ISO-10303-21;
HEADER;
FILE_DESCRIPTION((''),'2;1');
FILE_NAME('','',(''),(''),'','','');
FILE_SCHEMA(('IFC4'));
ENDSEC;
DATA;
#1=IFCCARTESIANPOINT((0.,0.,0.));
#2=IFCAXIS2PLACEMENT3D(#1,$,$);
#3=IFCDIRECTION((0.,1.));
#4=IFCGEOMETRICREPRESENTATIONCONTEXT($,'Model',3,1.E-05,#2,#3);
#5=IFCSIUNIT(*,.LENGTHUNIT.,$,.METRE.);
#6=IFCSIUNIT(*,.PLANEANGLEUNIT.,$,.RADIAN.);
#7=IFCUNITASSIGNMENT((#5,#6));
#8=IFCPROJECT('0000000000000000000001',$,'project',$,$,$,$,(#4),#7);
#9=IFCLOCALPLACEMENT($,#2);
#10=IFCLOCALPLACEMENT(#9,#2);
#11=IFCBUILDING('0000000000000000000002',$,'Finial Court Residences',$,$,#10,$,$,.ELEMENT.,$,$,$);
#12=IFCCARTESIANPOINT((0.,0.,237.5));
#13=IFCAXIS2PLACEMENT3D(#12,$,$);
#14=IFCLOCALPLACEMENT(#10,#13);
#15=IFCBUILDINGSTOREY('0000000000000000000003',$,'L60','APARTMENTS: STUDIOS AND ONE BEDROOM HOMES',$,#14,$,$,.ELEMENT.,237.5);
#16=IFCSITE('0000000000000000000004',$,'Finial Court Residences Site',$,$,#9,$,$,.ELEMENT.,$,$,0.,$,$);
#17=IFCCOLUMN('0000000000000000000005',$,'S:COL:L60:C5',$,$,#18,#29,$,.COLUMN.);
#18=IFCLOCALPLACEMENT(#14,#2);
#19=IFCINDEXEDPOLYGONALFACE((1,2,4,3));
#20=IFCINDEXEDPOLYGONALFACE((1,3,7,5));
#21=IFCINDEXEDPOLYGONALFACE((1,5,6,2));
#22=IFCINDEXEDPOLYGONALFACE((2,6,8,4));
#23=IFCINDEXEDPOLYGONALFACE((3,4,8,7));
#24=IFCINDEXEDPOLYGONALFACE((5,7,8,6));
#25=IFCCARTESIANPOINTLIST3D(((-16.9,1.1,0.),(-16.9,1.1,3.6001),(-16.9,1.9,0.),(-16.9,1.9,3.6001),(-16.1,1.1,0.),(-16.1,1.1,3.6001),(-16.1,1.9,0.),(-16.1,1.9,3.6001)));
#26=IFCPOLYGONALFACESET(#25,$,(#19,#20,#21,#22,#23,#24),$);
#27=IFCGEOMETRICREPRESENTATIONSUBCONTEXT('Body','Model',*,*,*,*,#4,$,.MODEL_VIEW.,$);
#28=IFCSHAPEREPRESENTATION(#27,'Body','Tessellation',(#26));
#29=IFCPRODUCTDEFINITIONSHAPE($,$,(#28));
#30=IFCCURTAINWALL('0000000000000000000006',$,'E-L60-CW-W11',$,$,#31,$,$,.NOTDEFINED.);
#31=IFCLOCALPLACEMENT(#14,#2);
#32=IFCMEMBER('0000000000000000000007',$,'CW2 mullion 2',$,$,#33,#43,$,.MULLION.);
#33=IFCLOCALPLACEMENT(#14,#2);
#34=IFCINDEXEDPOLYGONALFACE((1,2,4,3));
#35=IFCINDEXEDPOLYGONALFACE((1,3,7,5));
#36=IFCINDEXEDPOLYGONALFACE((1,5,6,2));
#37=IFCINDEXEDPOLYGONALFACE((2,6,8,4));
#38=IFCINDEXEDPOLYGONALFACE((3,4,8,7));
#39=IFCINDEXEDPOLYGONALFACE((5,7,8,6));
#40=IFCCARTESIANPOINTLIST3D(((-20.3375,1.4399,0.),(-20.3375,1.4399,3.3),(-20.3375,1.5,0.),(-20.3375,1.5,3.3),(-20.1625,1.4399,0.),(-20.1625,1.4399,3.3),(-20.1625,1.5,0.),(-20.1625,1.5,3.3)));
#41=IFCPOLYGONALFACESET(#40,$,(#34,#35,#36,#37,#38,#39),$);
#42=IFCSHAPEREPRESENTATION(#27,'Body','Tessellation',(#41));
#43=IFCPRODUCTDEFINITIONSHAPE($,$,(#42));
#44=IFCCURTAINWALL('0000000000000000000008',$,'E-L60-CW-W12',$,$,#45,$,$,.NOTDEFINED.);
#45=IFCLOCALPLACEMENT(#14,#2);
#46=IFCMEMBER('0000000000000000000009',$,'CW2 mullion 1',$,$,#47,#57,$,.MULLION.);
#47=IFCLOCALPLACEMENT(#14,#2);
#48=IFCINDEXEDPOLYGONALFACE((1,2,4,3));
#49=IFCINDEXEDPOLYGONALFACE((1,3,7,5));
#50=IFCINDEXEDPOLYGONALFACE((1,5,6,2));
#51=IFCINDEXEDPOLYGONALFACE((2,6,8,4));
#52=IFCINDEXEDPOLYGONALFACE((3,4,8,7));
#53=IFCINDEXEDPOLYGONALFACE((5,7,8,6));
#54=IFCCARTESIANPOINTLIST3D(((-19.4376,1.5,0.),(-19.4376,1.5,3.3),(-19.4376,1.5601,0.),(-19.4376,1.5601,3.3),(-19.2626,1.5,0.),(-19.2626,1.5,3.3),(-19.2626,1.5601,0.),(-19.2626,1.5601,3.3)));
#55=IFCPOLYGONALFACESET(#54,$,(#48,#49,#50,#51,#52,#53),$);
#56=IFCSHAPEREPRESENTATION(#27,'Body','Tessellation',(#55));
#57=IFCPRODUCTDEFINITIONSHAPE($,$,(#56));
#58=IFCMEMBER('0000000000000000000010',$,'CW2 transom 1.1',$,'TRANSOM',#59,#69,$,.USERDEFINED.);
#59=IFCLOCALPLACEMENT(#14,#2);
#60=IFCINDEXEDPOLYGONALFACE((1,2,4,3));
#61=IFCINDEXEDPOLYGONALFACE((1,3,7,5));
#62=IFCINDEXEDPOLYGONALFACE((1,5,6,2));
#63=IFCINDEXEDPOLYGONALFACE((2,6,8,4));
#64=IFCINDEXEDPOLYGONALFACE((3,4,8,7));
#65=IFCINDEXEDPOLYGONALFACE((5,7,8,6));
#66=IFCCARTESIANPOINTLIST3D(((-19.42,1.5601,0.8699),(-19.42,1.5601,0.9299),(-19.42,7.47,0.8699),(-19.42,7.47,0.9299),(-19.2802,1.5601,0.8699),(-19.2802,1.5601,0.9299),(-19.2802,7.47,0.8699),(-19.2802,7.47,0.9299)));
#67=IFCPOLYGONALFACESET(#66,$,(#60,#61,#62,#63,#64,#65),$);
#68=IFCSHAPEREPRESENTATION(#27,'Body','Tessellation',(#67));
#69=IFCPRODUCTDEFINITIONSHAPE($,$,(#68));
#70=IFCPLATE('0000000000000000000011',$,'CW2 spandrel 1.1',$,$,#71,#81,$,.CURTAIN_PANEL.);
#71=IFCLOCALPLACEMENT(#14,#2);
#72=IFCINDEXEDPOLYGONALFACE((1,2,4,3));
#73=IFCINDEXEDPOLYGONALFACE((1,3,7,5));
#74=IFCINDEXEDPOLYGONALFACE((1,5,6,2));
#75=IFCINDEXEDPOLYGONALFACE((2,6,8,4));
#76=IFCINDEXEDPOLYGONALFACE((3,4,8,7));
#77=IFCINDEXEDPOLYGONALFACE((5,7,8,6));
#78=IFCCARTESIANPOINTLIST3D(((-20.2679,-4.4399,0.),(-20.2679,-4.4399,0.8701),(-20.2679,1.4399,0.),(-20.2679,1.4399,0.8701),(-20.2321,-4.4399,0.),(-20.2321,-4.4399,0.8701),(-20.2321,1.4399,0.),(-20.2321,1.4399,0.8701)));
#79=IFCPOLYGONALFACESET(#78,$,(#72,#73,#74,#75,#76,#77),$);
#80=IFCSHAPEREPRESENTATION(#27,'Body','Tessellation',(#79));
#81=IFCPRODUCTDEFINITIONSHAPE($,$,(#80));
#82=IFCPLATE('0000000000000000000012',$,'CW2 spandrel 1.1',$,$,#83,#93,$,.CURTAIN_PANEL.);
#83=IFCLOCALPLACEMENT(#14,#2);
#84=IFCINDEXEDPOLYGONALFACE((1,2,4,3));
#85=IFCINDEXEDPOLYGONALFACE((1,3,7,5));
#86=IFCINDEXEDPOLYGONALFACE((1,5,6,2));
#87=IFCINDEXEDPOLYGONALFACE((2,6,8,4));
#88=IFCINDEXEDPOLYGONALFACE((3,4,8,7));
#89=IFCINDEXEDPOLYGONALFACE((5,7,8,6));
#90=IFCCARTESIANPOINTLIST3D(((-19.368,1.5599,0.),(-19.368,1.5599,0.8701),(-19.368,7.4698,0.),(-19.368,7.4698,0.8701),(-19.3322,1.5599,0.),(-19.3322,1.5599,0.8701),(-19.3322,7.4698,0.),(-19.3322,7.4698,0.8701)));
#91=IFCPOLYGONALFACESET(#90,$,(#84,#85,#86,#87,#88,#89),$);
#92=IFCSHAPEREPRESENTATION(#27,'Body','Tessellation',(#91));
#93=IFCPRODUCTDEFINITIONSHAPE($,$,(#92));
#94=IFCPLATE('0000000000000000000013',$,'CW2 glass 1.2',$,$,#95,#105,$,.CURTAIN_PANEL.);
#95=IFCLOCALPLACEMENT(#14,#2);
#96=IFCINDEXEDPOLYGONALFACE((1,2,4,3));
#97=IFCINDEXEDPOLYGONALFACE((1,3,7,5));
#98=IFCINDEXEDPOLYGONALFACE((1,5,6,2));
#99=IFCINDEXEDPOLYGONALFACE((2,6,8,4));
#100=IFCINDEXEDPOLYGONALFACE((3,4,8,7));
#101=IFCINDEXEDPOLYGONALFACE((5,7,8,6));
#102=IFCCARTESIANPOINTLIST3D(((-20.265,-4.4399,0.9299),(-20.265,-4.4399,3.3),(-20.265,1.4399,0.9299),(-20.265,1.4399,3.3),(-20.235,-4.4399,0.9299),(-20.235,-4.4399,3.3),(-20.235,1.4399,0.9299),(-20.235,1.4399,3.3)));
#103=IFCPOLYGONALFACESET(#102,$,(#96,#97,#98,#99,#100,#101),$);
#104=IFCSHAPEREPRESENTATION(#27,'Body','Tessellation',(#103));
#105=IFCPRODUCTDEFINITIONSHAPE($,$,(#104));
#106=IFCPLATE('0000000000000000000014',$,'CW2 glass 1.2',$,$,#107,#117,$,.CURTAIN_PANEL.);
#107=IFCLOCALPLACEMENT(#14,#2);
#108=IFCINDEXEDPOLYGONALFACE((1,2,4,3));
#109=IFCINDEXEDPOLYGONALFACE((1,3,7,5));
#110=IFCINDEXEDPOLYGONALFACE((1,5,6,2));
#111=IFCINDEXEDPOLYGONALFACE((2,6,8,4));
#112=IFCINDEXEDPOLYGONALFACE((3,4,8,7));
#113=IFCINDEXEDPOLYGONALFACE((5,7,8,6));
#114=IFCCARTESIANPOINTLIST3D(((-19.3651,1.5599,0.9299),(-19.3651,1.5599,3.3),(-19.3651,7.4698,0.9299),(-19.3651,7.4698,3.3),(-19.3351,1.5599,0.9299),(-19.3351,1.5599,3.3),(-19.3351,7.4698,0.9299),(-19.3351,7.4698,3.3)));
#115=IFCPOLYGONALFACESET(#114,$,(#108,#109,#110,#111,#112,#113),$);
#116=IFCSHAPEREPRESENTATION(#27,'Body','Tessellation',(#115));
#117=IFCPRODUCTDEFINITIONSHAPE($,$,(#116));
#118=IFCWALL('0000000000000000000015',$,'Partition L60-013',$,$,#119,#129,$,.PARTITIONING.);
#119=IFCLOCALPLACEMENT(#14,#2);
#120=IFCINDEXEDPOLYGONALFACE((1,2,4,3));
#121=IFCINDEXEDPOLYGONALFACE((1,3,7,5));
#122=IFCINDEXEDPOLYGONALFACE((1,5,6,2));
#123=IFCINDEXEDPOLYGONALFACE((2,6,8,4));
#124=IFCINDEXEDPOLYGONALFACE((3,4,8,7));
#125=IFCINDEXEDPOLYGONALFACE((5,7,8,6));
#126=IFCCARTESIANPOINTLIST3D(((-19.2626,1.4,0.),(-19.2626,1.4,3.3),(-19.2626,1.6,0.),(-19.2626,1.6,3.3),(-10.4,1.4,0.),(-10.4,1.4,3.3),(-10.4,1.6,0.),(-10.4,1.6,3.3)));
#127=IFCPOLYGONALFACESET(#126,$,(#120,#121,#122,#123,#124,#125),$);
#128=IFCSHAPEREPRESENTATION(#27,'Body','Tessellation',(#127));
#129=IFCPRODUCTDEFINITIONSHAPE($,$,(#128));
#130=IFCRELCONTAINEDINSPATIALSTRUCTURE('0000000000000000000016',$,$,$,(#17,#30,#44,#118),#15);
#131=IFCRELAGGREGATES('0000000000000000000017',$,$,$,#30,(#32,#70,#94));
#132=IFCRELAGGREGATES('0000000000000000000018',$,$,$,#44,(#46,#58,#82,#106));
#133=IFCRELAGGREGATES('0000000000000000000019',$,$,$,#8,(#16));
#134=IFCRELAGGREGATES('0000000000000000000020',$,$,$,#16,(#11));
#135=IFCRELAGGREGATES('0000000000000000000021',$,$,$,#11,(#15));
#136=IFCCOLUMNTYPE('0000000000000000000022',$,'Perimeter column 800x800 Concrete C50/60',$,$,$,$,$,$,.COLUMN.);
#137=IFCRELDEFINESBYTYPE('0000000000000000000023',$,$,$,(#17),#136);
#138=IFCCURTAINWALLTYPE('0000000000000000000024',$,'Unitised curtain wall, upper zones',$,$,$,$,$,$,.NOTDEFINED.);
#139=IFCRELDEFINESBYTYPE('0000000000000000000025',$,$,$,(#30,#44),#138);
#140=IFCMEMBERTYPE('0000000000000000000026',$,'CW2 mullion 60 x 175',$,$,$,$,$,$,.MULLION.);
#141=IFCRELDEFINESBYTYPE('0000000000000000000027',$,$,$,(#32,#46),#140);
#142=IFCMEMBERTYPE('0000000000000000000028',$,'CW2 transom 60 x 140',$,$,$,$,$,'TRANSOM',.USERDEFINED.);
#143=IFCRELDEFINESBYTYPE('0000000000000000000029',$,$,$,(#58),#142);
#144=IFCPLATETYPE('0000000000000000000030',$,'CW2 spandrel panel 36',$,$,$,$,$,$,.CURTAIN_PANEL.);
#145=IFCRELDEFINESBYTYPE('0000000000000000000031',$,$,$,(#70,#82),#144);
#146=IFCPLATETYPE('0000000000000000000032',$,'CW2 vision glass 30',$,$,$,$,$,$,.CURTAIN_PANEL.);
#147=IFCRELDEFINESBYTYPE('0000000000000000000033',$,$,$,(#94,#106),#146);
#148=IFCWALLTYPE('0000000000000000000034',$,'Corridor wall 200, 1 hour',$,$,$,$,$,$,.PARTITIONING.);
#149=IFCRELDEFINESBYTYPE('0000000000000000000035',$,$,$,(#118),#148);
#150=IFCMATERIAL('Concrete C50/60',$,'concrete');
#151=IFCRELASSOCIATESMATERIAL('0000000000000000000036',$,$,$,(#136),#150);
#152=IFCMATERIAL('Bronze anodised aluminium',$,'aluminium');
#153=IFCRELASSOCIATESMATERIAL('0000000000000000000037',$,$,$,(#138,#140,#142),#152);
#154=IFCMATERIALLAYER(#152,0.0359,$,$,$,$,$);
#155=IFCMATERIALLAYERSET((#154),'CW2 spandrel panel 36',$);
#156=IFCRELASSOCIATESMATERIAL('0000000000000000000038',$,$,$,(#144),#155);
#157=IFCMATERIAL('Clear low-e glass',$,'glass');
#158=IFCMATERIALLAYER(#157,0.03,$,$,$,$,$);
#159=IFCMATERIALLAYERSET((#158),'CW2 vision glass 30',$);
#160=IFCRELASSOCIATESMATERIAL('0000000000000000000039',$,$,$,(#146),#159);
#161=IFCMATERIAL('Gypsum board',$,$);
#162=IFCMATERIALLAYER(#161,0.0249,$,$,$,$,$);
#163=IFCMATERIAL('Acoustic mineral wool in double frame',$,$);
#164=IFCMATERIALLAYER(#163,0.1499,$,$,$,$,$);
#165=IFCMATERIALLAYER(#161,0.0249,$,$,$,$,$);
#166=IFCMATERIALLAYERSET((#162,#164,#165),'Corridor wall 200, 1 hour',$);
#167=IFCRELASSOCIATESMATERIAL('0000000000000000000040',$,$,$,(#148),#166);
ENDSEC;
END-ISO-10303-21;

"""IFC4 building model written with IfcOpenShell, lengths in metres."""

from ifc_helpers import new_model, si_unit, direction, frame, frame_2d, origin, origin_2d, place, context, subcontext, project, spatial, rectangle, extrude, material, layer, layer_set, material_profile, profile_set, type_object, element, aggregate, save


model = new_model("IFC4")

# Units and contexts
model_context = context("Model", 3, precision=1e-05, world=origin(), true_north=direction((0.0, 1.0)))
body_context = subcontext(model_context, "Body", "Model", "MODEL_VIEW")
ifc_project = project(units=[si_unit("LENGTHUNIT", "METRE"), si_unit("PLANEANGLEUNIT", "RADIAN")], contexts=[model_context])

# Site, building, storey
site_placement = place(None, origin())
site = spatial("IfcSite", under=ifc_project, at=site_placement, Name="Finial Court Residences Site", CompositionType="ELEMENT", RefElevation=0.0)
building_placement = place(site_placement, origin())
building = spatial("IfcBuilding", under=site, at=building_placement, Name="Finial Court Residences", CompositionType="ELEMENT")
storey_placement = place(building_placement, frame((0.0, 0.0, 237.5)))
storey = spatial("IfcBuildingStorey", under=building, at=storey_placement, Name="L60", Description="APARTMENTS: STUDIOS AND ONE BEDROOM HOMES", CompositionType="ELEMENT", Elevation=237.5)

# Column
ifc_material_1 = material(Name="Concrete C50/60", Category="concrete")
ifc_material_profile_1 = material_profile(ifc_material_1, rectangle(XDim=0.8, YDim=0.8, at=origin_2d()), Name="800x800")
ifc_profile_set_1 = profile_set([ifc_material_profile_1], Name="Concrete C50/60")
column_type = type_object("IfcColumnType", Name="Perimeter column 800x800 Concrete C50/60", PredefinedType="COLUMN", material=ifc_profile_set_1)
column_placement = place(storey_placement, frame((-16.5, 1.5, 0.0), z_axis=(0.0, 0.0, 1.0), x_axis=(1.0, 0.0, 0.0)))
element("IfcColumn", 1, at=column_placement, inside=storey, type_object=column_type, Name="S:COL:L60:C5", PredefinedType="COLUMN", context=body_context, shape_type="SweptSolid", body=[
    extrude(rectangle(XDim=0.8, YDim=0.8, at=origin_2d()), origin(), (0.0, 0.0, 1.0), 3.6001),
])

# Curtain wall, member
ifc_material_2 = material(Name="Bronze anodised aluminium", Category="aluminium")
curtain_wall_type = type_object("IfcCurtainWallType", Name="Unitised curtain wall, upper zones", PredefinedType="NOTDEFINED", material=ifc_material_2)
curtain_wall_1_placement = place(storey_placement, origin())
curtain_wall_1 = element("IfcCurtainWall", 2, at=curtain_wall_1_placement, inside=storey, type_object=curtain_wall_type, Name="E-L60-CW-W11", PredefinedType="NOTDEFINED")
ifc_material_profile_2 = material_profile(ifc_material_2, rectangle(XDim=0.175, YDim=0.0601, at=origin_2d()), Name="CW2 mullion 60 x 175")
ifc_profile_set_2 = profile_set([ifc_material_profile_2], Name="Bronze anodised aluminium")
member_type_1 = type_object("IfcMemberType", Name="CW2 mullion 60 x 175", PredefinedType="MULLION", material=ifc_profile_set_2)
member_1_placement = place(storey_placement, frame((-20.25, 1.47, 0.0), z_axis=(0.0, 0.0, 1.0), x_axis=(-1.0, 0.0, 0.0)))
member_1 = element("IfcMember", 3, at=member_1_placement, type_object=member_type_1, Name="CW2 mullion 2", PredefinedType="MULLION", context=body_context, shape_type="SweptSolid", body=[
    extrude(rectangle(XDim=0.175, YDim=0.0601, at=origin_2d()), origin(), (0.0, 0.0, 1.0), 3.3),
])

# Curtain wall, members
curtain_wall_2_placement = place(storey_placement, origin())
curtain_wall_2 = element("IfcCurtainWall", 4, at=curtain_wall_2_placement, inside=storey, type_object=curtain_wall_type, Name="E-L60-CW-W12", PredefinedType="NOTDEFINED")
member_2_placement = place(storey_placement, frame((-19.3501, 1.53, 0.0), z_axis=(0.0, 0.0, 1.0), x_axis=(-1.0, 0.0, 0.0)))
member_2 = element("IfcMember", 5, at=member_2_placement, type_object=member_type_1, Name="CW2 mullion 1", PredefinedType="MULLION", context=body_context, shape_type="SweptSolid", body=[
    extrude(rectangle(XDim=0.175, YDim=0.0601, at=origin_2d()), origin(), (0.0, 0.0, 1.0), 3.3),
])
ifc_material_profile_3 = material_profile(ifc_material_2, rectangle(XDim=0.1399, YDim=0.0601, at=origin_2d()), Name="CW2 transom 60 x 140")
ifc_profile_set_3 = profile_set([ifc_material_profile_3], Name="Bronze anodised aluminium")
member_type_2 = type_object("IfcMemberType", Name="CW2 transom 60 x 140", ElementType="TRANSOM", PredefinedType="USERDEFINED", material=ifc_profile_set_3)
member_3_placement = place(storey_placement, frame((-19.3501, 1.5601, 0.8999), z_axis=(0.0, 1.0, 0.0), x_axis=(-1.0, 0.0, 0.0)))
member_3 = element("IfcMember", 6, at=member_3_placement, type_object=member_type_2, Name="CW2 transom 1.1", ObjectType="TRANSOM", PredefinedType="USERDEFINED", context=body_context, shape_type="SweptSolid", body=[
    extrude(rectangle(XDim=0.1399, YDim=0.0601, at=origin_2d()), origin(), (0.0, 0.0, 1.0), 5.9099),
])

# Plates
ifc_layer_1 = layer(ifc_material_2, 0.0359)
ifc_layer_set_1 = layer_set([ifc_layer_1], Name="CW2 spandrel panel 36")
plate_type_1 = type_object("IfcPlateType", Name="CW2 spandrel panel 36", PredefinedType="CURTAIN_PANEL", material=ifc_layer_set_1)
plate_1_placement = place(storey_placement, frame((-20.25, -1.5, 0.0), z_axis=(0.0, 0.0, 1.0), x_axis=(0.0, 1.0, 0.0)))
plate_1 = element("IfcPlate", 7, at=plate_1_placement, type_object=plate_type_1, Name="CW2 spandrel 1.1", PredefinedType="CURTAIN_PANEL", context=body_context, shape_type="SweptSolid", body=[
    extrude(rectangle(XDim=5.8799, YDim=0.0359, at=origin_2d()), origin(), (0.0, 0.0, 1.0), 0.8701),
])
plate_2_placement = place(storey_placement, frame((-19.3501, 4.5149, 0.0), z_axis=(0.0, 0.0, 1.0), x_axis=(0.0, 1.0, 0.0)))
plate_2 = element("IfcPlate", 8, at=plate_2_placement, type_object=plate_type_1, Name="CW2 spandrel 1.1", PredefinedType="CURTAIN_PANEL", context=body_context, shape_type="SweptSolid", body=[
    extrude(rectangle(XDim=5.9099, YDim=0.0359, at=origin_2d()), origin(), (0.0, 0.0, 1.0), 0.8701),
])
ifc_material_3 = material(Name="Clear low-e glass", Category="glass")
ifc_layer_2 = layer(ifc_material_3, 0.03)
ifc_layer_set_2 = layer_set([ifc_layer_2], Name="CW2 vision glass 30")
plate_type_2 = type_object("IfcPlateType", Name="CW2 vision glass 30", PredefinedType="CURTAIN_PANEL", material=ifc_layer_set_2)
plate_3_placement = place(storey_placement, frame((-20.25, -1.5, 0.9299), z_axis=(0.0, 0.0, 1.0), x_axis=(0.0, 1.0, 0.0)))
plate_3 = element("IfcPlate", 9, at=plate_3_placement, type_object=plate_type_2, Name="CW2 glass 1.2", PredefinedType="CURTAIN_PANEL", context=body_context, shape_type="SweptSolid", body=[
    extrude(rectangle(XDim=5.8799, YDim=0.03, at=origin_2d()), origin(), (0.0, 0.0, 1.0), 2.3701),
])
aggregate(curtain_wall_1, [member_1, plate_1, plate_3])
plate_4_placement = place(storey_placement, frame((-19.3501, 4.5149, 0.9299), z_axis=(0.0, 0.0, 1.0), x_axis=(0.0, 1.0, 0.0)))
plate_4 = element("IfcPlate", 10, at=plate_4_placement, type_object=plate_type_2, Name="CW2 glass 1.2", PredefinedType="CURTAIN_PANEL", context=body_context, shape_type="SweptSolid", body=[
    extrude(rectangle(XDim=5.9099, YDim=0.03, at=origin_2d()), origin(), (0.0, 0.0, 1.0), 2.3701),
])
aggregate(curtain_wall_2, [member_2, member_3, plate_2, plate_4])

# Wall
ifc_material_4 = material(Name="Gypsum board")
ifc_layer_3 = layer(ifc_material_4, 0.0249)
ifc_material_5 = material(Name="Acoustic mineral wool in double frame")
ifc_layer_4 = layer(ifc_material_5, 0.1499)
ifc_layer_5 = layer(ifc_material_4, 0.0249)
ifc_layer_set_3 = layer_set([ifc_layer_3, ifc_layer_4, ifc_layer_5], Name="Corridor wall 200, 1 hour")
wall_type_1 = type_object("IfcWallType", Name="Corridor wall 200, 1 hour", PredefinedType="PARTITIONING", material=ifc_layer_set_3)
wall_1_placement = place(storey_placement, frame((-19.2625, 1.5, 0.0), z_axis=(0.0, 0.0, 1.0), x_axis=(1.0, 0.0, 0.0)))
element("IfcWall", 11, at=wall_1_placement, inside=storey, type_object=wall_type_1, Name="Partition L60-013", PredefinedType="PARTITIONING", context=body_context, shape_type="SweptSolid", body=[
    extrude(rectangle(XDim=8.8625, YDim=0.2, at=frame_2d((4.4312, 0.0))), origin(), (0.0, 0.0, 1.0), 3.3),
])

save(model, "model.ifc")
